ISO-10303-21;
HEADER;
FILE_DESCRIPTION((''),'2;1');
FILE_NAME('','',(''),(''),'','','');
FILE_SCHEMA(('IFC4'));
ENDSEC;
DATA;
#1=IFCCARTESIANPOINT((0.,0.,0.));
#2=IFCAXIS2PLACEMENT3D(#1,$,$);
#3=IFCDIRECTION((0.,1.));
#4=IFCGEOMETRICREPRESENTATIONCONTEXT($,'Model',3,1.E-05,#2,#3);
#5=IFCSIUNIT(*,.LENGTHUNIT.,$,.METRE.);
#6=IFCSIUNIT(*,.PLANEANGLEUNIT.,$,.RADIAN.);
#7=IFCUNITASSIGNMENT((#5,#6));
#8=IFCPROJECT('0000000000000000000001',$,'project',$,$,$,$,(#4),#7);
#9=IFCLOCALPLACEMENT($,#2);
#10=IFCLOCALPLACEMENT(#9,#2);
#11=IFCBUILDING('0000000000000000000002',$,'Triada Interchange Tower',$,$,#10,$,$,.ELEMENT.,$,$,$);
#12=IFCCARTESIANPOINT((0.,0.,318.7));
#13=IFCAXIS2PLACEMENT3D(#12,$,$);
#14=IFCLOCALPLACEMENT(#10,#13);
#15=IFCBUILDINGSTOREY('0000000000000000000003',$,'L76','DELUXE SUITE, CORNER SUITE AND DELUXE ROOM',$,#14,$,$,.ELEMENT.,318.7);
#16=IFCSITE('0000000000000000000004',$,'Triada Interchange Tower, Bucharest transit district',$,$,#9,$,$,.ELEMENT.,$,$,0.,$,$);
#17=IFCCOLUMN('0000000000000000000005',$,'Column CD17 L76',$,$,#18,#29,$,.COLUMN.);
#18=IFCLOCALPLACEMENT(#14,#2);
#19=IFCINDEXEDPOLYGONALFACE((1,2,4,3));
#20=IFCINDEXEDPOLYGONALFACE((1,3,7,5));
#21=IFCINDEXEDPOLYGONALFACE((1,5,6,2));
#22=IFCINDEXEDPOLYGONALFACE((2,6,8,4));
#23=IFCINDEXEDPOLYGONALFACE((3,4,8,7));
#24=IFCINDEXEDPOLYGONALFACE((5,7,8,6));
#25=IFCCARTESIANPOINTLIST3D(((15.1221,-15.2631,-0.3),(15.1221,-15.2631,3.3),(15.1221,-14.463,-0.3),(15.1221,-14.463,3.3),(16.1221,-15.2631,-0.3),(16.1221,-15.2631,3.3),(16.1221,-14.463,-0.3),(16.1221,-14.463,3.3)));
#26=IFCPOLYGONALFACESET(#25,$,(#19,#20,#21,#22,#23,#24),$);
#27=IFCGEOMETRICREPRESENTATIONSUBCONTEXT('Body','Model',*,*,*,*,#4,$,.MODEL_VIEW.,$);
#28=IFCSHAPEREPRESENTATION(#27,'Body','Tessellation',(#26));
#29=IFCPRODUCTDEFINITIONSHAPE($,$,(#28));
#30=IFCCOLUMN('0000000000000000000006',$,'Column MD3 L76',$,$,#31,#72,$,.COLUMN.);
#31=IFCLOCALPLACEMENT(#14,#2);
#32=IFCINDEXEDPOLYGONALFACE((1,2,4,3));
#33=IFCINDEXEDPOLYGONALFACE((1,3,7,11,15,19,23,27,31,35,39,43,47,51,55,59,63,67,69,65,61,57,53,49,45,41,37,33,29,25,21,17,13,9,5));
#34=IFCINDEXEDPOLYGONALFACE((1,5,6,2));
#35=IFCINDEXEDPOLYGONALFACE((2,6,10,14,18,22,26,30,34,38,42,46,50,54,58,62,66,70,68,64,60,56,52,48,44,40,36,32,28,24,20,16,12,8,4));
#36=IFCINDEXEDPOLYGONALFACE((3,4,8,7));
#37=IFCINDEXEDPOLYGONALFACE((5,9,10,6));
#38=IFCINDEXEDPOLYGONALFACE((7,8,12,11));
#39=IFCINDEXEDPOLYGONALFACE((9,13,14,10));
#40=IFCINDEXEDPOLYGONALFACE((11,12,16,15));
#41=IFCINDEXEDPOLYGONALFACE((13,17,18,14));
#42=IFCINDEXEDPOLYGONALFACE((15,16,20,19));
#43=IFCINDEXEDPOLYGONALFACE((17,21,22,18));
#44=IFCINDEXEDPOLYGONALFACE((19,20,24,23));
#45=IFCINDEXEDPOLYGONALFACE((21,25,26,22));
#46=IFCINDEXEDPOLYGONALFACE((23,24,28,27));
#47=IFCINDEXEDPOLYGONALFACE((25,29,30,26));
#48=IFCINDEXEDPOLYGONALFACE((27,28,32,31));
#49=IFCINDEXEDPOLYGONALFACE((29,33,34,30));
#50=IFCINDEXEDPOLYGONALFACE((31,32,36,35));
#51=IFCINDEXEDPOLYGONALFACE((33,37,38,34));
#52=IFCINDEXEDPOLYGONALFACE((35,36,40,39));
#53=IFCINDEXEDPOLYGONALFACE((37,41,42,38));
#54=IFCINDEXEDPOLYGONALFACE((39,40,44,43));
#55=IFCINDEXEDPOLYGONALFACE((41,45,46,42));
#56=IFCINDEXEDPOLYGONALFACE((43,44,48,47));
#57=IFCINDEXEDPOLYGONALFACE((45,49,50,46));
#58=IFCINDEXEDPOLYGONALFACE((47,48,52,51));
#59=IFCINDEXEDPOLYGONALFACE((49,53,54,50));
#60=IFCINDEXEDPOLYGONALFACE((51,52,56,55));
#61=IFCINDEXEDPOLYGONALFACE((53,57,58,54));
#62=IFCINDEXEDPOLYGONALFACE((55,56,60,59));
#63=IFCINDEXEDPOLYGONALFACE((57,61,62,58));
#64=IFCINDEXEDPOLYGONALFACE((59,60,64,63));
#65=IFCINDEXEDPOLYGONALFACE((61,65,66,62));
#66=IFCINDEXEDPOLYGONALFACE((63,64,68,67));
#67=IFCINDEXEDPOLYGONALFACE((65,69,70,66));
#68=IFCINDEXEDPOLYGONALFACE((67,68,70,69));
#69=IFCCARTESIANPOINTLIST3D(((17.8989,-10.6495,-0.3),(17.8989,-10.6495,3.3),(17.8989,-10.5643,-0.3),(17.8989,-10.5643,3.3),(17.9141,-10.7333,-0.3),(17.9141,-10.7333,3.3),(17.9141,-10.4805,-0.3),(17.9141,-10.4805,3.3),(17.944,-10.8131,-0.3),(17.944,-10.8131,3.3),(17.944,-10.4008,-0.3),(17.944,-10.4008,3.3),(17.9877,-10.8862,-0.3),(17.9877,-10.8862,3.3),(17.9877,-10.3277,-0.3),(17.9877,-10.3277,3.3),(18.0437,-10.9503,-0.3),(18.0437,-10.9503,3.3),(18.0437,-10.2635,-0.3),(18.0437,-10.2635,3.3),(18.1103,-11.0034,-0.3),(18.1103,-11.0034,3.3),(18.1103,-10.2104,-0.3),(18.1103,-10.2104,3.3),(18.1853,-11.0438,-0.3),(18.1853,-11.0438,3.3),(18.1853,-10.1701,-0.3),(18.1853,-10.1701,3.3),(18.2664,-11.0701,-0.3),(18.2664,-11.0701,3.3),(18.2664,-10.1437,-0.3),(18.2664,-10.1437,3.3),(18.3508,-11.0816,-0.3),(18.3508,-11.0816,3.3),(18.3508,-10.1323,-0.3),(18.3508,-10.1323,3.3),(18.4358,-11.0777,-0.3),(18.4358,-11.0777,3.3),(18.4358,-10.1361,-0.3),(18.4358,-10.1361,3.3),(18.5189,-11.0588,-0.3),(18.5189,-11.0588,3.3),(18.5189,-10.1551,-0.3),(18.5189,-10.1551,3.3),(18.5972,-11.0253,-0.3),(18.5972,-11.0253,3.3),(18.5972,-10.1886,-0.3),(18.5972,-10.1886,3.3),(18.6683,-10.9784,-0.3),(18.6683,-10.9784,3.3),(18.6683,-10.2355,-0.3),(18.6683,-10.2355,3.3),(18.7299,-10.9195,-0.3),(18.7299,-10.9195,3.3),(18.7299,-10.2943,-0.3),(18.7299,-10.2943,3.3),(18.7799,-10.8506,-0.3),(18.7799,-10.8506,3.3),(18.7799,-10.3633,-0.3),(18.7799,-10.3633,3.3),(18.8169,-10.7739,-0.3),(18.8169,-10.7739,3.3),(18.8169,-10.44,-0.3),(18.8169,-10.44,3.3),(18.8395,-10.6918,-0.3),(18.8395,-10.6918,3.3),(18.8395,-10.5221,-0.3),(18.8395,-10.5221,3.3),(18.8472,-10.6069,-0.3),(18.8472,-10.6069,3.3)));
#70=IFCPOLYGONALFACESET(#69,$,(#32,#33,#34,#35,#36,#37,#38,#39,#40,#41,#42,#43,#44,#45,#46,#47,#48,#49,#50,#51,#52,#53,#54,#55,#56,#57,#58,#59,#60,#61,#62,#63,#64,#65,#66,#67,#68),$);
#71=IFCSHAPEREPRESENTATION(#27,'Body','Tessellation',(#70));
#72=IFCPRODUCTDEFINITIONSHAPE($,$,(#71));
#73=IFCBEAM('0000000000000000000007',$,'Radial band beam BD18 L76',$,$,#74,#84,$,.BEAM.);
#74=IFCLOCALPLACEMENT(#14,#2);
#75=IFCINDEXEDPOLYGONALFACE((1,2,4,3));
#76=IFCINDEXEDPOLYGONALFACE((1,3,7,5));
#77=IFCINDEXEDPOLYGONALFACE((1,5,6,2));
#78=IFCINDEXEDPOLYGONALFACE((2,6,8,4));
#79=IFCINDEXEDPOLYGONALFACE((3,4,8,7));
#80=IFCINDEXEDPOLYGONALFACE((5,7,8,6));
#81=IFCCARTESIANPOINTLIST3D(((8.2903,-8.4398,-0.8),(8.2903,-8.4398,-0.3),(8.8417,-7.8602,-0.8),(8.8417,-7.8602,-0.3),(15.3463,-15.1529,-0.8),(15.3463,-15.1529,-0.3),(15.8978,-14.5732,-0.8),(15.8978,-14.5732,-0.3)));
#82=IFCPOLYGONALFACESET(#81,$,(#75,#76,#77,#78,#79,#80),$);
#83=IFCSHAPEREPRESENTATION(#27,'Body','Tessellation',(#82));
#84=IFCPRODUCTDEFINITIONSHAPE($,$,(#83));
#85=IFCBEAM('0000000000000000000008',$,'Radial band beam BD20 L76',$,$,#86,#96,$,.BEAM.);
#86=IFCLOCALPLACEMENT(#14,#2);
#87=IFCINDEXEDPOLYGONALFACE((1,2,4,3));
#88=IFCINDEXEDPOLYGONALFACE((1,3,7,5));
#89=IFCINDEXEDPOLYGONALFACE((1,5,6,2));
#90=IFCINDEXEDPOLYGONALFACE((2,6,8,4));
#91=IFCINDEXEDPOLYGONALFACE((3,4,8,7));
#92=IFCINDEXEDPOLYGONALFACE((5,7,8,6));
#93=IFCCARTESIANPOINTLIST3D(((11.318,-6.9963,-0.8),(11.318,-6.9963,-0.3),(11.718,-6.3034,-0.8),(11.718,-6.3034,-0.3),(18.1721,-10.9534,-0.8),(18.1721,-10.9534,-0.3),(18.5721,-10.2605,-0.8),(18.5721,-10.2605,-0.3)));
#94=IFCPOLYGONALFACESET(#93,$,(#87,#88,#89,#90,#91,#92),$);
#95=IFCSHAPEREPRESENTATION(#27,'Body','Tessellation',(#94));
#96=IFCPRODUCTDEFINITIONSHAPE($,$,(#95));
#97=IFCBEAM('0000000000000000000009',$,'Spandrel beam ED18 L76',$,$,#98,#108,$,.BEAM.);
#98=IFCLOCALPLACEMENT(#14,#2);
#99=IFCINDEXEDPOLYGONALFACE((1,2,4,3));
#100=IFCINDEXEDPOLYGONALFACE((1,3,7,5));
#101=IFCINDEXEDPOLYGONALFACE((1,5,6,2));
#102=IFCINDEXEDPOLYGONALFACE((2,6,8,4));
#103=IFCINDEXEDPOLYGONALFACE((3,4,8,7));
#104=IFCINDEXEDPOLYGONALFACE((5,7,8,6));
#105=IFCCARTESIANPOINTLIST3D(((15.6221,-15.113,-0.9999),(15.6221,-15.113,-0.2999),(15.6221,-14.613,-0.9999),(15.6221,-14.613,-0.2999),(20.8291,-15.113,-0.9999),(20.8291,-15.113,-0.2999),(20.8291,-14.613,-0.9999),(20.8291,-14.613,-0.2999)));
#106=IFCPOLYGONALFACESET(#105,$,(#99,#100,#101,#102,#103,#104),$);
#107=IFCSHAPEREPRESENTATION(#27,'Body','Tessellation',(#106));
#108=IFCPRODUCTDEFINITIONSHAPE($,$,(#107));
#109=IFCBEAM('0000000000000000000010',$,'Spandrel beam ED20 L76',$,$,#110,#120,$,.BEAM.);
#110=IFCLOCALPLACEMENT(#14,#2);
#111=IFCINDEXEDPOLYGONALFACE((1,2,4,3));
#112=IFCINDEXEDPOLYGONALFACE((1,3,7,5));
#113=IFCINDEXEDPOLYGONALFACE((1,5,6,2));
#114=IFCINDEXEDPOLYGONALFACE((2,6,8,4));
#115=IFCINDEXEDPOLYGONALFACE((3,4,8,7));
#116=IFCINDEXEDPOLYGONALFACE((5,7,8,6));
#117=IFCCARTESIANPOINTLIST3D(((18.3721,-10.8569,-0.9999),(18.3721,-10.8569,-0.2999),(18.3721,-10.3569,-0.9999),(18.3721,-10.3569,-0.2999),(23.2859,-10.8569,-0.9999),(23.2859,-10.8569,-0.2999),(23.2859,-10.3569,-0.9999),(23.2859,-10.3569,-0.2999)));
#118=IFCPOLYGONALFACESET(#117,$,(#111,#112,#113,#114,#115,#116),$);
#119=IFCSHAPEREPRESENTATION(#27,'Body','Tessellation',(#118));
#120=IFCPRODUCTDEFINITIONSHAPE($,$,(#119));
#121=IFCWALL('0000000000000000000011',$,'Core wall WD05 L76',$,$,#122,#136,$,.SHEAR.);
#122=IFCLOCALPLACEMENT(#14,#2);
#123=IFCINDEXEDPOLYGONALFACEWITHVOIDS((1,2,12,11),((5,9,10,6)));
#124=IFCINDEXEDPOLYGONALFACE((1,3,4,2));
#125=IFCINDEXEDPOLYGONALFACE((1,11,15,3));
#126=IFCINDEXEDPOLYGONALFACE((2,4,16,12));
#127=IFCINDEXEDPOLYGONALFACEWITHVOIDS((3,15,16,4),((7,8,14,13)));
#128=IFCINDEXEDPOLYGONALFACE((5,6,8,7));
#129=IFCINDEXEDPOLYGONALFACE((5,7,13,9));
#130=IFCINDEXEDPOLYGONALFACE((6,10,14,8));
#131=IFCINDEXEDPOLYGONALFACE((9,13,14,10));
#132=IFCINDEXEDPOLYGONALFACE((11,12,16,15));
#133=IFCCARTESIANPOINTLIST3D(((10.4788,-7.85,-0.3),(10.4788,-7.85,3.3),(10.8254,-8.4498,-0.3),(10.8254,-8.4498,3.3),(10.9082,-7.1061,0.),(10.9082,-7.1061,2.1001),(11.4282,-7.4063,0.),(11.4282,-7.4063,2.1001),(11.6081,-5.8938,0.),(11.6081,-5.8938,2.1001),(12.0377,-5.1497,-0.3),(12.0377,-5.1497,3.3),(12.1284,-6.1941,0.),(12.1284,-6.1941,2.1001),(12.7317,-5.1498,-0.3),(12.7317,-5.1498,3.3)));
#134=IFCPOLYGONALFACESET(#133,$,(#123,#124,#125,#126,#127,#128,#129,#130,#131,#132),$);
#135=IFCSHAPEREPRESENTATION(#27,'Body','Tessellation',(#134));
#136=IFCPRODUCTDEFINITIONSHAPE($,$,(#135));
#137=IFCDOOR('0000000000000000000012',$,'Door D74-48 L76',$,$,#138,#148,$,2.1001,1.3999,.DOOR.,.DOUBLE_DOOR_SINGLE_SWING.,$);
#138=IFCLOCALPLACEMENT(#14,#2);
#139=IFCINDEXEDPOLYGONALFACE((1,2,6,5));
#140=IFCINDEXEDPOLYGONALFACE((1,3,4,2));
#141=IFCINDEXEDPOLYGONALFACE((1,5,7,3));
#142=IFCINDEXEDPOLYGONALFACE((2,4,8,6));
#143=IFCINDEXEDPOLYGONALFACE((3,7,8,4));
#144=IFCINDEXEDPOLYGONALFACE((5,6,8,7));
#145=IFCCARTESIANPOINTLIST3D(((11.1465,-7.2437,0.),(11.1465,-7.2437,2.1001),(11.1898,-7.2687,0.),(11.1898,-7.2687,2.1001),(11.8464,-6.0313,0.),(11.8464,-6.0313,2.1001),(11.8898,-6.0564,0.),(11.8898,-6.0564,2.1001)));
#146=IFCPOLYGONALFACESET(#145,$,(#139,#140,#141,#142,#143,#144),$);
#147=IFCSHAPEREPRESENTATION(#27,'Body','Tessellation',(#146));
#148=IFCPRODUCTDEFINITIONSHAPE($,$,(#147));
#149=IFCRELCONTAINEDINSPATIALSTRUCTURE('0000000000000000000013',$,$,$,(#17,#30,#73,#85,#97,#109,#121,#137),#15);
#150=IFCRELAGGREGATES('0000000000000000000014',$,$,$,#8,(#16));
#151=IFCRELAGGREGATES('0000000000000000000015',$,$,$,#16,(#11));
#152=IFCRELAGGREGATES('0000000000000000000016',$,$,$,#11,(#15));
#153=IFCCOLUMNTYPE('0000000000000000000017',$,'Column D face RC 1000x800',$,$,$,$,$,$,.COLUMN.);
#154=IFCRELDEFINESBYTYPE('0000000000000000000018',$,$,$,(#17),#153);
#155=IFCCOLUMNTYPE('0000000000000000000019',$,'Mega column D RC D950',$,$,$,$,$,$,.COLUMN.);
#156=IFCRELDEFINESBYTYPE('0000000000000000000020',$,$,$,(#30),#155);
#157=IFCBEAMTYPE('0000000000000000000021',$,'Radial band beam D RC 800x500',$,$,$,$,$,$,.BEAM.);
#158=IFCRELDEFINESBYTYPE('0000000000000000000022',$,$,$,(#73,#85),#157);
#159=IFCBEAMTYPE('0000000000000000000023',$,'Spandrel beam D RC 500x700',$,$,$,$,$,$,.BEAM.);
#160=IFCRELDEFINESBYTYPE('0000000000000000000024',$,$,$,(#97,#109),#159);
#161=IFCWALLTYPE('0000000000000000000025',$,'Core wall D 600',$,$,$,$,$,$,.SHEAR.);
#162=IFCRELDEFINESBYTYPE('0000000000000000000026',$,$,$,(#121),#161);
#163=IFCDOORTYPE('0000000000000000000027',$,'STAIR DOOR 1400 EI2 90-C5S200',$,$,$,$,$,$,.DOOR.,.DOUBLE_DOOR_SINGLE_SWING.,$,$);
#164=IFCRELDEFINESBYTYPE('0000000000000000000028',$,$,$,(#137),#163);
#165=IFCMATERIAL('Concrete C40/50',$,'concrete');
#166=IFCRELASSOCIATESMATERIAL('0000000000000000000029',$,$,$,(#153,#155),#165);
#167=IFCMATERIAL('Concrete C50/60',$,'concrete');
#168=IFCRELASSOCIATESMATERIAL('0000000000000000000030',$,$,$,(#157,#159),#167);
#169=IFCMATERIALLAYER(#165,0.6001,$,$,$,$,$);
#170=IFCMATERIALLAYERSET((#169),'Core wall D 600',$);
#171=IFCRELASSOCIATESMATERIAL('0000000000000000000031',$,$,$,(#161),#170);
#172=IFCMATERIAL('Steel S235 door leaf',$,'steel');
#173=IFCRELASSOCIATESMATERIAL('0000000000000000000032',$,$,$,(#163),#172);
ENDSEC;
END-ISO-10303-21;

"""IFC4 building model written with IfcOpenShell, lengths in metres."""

from ifc_helpers import new_model, si_unit, direction, frame, frame_2d, origin, origin_2d, place, context, subcontext, project, spatial, polyline, rectangle, circle, outline, extrude, material, layer, layer_set, material_profile, profile_set, type_object, element, fill, save


model = new_model("IFC4")

# Units and contexts
model_context = context("Model", 3, precision=1e-05, world=origin(), true_north=direction((0.0, 1.0)))
body_context = subcontext(model_context, "Body", "Model", "MODEL_VIEW")
ifc_project = project(units=[si_unit("LENGTHUNIT", "METRE"), si_unit("PLANEANGLEUNIT", "RADIAN")], contexts=[model_context])

# Site, building, storey
site_placement = place(None, origin())
site = spatial("IfcSite", under=ifc_project, at=site_placement, Name="Triada Interchange Tower, Bucharest transit district", CompositionType="ELEMENT", RefElevation=0.0)
building_placement = place(site_placement, origin())
building = spatial("IfcBuilding", under=site, at=building_placement, Name="Triada Interchange Tower", CompositionType="ELEMENT")
storey_placement = place(building_placement, frame((0.0, 0.0, 318.7)))
storey = spatial("IfcBuildingStorey", under=building, at=storey_placement, Name="L76", Description="DELUXE SUITE, CORNER SUITE AND DELUXE ROOM", CompositionType="ELEMENT", Elevation=318.7)

# Columns
ifc_material_1 = material(Name="Concrete C40/50", Category="concrete")
ifc_material_profile_1 = material_profile(ifc_material_1, rectangle(XDim=1.0, YDim=0.8, at=origin_2d()), Name="RC 1000x800")
ifc_profile_set_1 = profile_set([ifc_material_profile_1], Name="Concrete C40/50")
column_type_1 = type_object("IfcColumnType", Name="Column D face RC 1000x800", PredefinedType="COLUMN", material=ifc_profile_set_1)
column_1_placement = place(storey_placement, frame((15.6221, -14.863, -0.3), z_axis=(0.0, 0.0, 1.0), x_axis=(1.0, 0.0, 0.0)))
element("IfcColumn", 1, at=column_1_placement, inside=storey, type_object=column_type_1, Name="Column CD17 L76", PredefinedType="COLUMN", context=body_context, shape_type="SweptSolid", body=[
    extrude(rectangle(XDim=1.0, YDim=0.8, at=origin_2d()), origin(), (0.0, 0.0, 1.0), 3.6001),
])
ifc_material_profile_2 = material_profile(ifc_material_1, circle(Radius=0.4751, at=origin_2d()), Name="RC D950")
ifc_profile_set_2 = profile_set([ifc_material_profile_2], Name="Concrete C40/50")
column_type_2 = type_object("IfcColumnType", Name="Mega column D RC D950", PredefinedType="COLUMN", material=ifc_profile_set_2)
column_2_placement = place(storey_placement, frame((18.3721, -10.6069, -0.3), z_axis=(0.0, 0.0, 1.0), x_axis=(1.0, 0.0, 0.0)))
element("IfcColumn", 2, at=column_2_placement, inside=storey, type_object=column_type_2, Name="Column MD3 L76", PredefinedType="COLUMN", context=body_context, shape_type="SweptSolid", body=[
    extrude(circle(Radius=0.4751, at=origin_2d()), origin(), (0.0, 0.0, 1.0), 3.6001),
])

# Beams
ifc_material_2 = material(Name="Concrete C50/60", Category="concrete")
ifc_material_profile_3 = material_profile(ifc_material_2, rectangle(XDim=0.8, YDim=0.5, at=origin_2d()), Name="RC 800x500")
ifc_profile_set_3 = profile_set([ifc_material_profile_3], Name="Concrete C50/60")
beam_type_1 = type_object("IfcBeamType", Name="Radial band beam D RC 800x500", PredefinedType="BEAM", material=ifc_profile_set_3)
beam_1_placement = place(storey_placement, frame((15.6221, -14.863, -0.55), z_axis=(-0.724497, 0.689278, 0.0), x_axis=(-0.689278, -0.724497, 0.0)))
element("IfcBeam", 3, at=beam_1_placement, inside=storey, type_object=beam_type_1, Name="Radial band beam BD18 L76", PredefinedType="BEAM", context=body_context, shape_type="SweptSolid", body=[
    extrude(rectangle(XDim=0.8, YDim=0.5, at=origin_2d()), origin(), (0.0, 0.0, 1.0), 9.7393),
])
beam_2_placement = place(storey_placement, frame((18.3721, -10.6069, -0.55), z_axis=(-0.866033, 0.499988, 0.0), x_axis=(-0.499988, -0.866033, 0.0)))
element("IfcBeam", 4, at=beam_2_placement, inside=storey, type_object=beam_type_1, Name="Radial band beam BD20 L76", PredefinedType="BEAM", context=body_context, shape_type="SweptSolid", body=[
    extrude(rectangle(XDim=0.8, YDim=0.5, at=origin_2d()), origin(), (0.0, 0.0, 1.0), 7.9143),
])
ifc_material_profile_4 = material_profile(ifc_material_2, rectangle(XDim=0.5, YDim=0.7, at=origin_2d()), Name="RC 500x700")
ifc_profile_set_4 = profile_set([ifc_material_profile_4], Name="Concrete C50/60")
beam_type_2 = type_object("IfcBeamType", Name="Spandrel beam D RC 500x700", PredefinedType="BEAM", material=ifc_profile_set_4)
beam_3_placement = place(storey_placement, frame((15.6221, -14.863, -0.6499), z_axis=(1.0, 0.0, 0.0), x_axis=(0.0, 1.0, 0.0)))
element("IfcBeam", 5, at=beam_3_placement, inside=storey, type_object=beam_type_2, Name="Spandrel beam ED18 L76", PredefinedType="BEAM", context=body_context, shape_type="SweptSolid", body=[
    extrude(rectangle(XDim=0.5, YDim=0.7, at=origin_2d()), origin(), (0.0, 0.0, 1.0), 5.207),
])
beam_4_placement = place(storey_placement, frame((18.3721, -10.6069, -0.6499), z_axis=(1.0, 0.0, 0.0), x_axis=(0.0, 1.0, 0.0)))
element("IfcBeam", 6, at=beam_4_placement, inside=storey, type_object=beam_type_2, Name="Spandrel beam ED20 L76", PredefinedType="BEAM", context=body_context, shape_type="SweptSolid", body=[
    extrude(rectangle(XDim=0.5, YDim=0.7, at=origin_2d()), origin(), (0.0, 0.0, 1.0), 4.9138),
])

# Wall, opening, door
ifc_layer_1 = layer(ifc_material_1, 0.6001)
ifc_layer_set_1 = layer_set([ifc_layer_1], Name="Core wall D 600")
wall_type_1 = type_object("IfcWallType", Name="Core wall D 600", PredefinedType="SHEAR", material=ifc_layer_set_1)
wall_1_placement = place(storey_placement, frame((10.6521, -8.1499, -0.3), z_axis=(0.0, 0.0, 1.0), x_axis=(0.499975, 0.86604, 0.0)))
wall_1 = element("IfcWall", 7, at=wall_1_placement, inside=storey, type_object=wall_type_1, Name="Core wall WD05 L76", PredefinedType="SHEAR", context=body_context, shape_type="SweptSolid", body=[
    extrude(outline(polyline([(-0.1731, -0.3), (1.7324, -0.3005), (3.6379, -0.301), (3.291, 0.3), (1.7319, 0.3), (0.1731, 0.3), (-0.1731, -0.3)])), origin(), (0.0, 0.0, 1.0), 3.6001),
])
opening_1_placement = place(wall_1_placement, frame((1.032, 0.0, 0.3)))
opening_1 = element("IfcOpeningElement", 8, at=opening_1_placement, cuts=wall_1, PredefinedType="OPENING", context=body_context, shape_type="SweptSolid", body=[
    extrude(rectangle(XDim=1.3999, YDim=2.1001, at=frame_2d((0.7, 1.05))), frame((0.0, 0.3101, 0.0), z_axis=(0.0, -1.0, 0.0), x_axis=(1.0, 0.0, 0.0)), (0.0, 0.0, 1.0), 0.6211),
])
ifc_material_3 = material(Name="Steel S235 door leaf", Category="steel")
door_type_1 = type_object("IfcDoorType", Name="STAIR DOOR 1400 EI2 90-C5S200", OperationType="DOUBLE_DOOR_SINGLE_SWING", PredefinedType="DOOR", material=ifc_material_3)
door_1_placement = place(opening_1_placement, origin())
door_1 = element("IfcDoor", 9, at=door_1_placement, inside=storey, type_object=door_type_1, Name="Door D74-48 L76", OperationType="DOUBLE_DOOR_SINGLE_SWING", OverallHeight=2.1001, OverallWidth=1.3999, PredefinedType="DOOR", context=body_context, shape_type="SweptSolid", body=[
    extrude(rectangle(XDim=1.3999, YDim=2.1001, at=frame_2d((0.7, 1.05))), frame((0.0, 0.0249, 0.0), z_axis=(0.0, -1.0, 0.0), x_axis=(1.0, 0.0, 0.0)), (0.0, 0.0, 1.0), 0.05),
])
fill(opening_1, door_1)

save(model, "model.ifc")
